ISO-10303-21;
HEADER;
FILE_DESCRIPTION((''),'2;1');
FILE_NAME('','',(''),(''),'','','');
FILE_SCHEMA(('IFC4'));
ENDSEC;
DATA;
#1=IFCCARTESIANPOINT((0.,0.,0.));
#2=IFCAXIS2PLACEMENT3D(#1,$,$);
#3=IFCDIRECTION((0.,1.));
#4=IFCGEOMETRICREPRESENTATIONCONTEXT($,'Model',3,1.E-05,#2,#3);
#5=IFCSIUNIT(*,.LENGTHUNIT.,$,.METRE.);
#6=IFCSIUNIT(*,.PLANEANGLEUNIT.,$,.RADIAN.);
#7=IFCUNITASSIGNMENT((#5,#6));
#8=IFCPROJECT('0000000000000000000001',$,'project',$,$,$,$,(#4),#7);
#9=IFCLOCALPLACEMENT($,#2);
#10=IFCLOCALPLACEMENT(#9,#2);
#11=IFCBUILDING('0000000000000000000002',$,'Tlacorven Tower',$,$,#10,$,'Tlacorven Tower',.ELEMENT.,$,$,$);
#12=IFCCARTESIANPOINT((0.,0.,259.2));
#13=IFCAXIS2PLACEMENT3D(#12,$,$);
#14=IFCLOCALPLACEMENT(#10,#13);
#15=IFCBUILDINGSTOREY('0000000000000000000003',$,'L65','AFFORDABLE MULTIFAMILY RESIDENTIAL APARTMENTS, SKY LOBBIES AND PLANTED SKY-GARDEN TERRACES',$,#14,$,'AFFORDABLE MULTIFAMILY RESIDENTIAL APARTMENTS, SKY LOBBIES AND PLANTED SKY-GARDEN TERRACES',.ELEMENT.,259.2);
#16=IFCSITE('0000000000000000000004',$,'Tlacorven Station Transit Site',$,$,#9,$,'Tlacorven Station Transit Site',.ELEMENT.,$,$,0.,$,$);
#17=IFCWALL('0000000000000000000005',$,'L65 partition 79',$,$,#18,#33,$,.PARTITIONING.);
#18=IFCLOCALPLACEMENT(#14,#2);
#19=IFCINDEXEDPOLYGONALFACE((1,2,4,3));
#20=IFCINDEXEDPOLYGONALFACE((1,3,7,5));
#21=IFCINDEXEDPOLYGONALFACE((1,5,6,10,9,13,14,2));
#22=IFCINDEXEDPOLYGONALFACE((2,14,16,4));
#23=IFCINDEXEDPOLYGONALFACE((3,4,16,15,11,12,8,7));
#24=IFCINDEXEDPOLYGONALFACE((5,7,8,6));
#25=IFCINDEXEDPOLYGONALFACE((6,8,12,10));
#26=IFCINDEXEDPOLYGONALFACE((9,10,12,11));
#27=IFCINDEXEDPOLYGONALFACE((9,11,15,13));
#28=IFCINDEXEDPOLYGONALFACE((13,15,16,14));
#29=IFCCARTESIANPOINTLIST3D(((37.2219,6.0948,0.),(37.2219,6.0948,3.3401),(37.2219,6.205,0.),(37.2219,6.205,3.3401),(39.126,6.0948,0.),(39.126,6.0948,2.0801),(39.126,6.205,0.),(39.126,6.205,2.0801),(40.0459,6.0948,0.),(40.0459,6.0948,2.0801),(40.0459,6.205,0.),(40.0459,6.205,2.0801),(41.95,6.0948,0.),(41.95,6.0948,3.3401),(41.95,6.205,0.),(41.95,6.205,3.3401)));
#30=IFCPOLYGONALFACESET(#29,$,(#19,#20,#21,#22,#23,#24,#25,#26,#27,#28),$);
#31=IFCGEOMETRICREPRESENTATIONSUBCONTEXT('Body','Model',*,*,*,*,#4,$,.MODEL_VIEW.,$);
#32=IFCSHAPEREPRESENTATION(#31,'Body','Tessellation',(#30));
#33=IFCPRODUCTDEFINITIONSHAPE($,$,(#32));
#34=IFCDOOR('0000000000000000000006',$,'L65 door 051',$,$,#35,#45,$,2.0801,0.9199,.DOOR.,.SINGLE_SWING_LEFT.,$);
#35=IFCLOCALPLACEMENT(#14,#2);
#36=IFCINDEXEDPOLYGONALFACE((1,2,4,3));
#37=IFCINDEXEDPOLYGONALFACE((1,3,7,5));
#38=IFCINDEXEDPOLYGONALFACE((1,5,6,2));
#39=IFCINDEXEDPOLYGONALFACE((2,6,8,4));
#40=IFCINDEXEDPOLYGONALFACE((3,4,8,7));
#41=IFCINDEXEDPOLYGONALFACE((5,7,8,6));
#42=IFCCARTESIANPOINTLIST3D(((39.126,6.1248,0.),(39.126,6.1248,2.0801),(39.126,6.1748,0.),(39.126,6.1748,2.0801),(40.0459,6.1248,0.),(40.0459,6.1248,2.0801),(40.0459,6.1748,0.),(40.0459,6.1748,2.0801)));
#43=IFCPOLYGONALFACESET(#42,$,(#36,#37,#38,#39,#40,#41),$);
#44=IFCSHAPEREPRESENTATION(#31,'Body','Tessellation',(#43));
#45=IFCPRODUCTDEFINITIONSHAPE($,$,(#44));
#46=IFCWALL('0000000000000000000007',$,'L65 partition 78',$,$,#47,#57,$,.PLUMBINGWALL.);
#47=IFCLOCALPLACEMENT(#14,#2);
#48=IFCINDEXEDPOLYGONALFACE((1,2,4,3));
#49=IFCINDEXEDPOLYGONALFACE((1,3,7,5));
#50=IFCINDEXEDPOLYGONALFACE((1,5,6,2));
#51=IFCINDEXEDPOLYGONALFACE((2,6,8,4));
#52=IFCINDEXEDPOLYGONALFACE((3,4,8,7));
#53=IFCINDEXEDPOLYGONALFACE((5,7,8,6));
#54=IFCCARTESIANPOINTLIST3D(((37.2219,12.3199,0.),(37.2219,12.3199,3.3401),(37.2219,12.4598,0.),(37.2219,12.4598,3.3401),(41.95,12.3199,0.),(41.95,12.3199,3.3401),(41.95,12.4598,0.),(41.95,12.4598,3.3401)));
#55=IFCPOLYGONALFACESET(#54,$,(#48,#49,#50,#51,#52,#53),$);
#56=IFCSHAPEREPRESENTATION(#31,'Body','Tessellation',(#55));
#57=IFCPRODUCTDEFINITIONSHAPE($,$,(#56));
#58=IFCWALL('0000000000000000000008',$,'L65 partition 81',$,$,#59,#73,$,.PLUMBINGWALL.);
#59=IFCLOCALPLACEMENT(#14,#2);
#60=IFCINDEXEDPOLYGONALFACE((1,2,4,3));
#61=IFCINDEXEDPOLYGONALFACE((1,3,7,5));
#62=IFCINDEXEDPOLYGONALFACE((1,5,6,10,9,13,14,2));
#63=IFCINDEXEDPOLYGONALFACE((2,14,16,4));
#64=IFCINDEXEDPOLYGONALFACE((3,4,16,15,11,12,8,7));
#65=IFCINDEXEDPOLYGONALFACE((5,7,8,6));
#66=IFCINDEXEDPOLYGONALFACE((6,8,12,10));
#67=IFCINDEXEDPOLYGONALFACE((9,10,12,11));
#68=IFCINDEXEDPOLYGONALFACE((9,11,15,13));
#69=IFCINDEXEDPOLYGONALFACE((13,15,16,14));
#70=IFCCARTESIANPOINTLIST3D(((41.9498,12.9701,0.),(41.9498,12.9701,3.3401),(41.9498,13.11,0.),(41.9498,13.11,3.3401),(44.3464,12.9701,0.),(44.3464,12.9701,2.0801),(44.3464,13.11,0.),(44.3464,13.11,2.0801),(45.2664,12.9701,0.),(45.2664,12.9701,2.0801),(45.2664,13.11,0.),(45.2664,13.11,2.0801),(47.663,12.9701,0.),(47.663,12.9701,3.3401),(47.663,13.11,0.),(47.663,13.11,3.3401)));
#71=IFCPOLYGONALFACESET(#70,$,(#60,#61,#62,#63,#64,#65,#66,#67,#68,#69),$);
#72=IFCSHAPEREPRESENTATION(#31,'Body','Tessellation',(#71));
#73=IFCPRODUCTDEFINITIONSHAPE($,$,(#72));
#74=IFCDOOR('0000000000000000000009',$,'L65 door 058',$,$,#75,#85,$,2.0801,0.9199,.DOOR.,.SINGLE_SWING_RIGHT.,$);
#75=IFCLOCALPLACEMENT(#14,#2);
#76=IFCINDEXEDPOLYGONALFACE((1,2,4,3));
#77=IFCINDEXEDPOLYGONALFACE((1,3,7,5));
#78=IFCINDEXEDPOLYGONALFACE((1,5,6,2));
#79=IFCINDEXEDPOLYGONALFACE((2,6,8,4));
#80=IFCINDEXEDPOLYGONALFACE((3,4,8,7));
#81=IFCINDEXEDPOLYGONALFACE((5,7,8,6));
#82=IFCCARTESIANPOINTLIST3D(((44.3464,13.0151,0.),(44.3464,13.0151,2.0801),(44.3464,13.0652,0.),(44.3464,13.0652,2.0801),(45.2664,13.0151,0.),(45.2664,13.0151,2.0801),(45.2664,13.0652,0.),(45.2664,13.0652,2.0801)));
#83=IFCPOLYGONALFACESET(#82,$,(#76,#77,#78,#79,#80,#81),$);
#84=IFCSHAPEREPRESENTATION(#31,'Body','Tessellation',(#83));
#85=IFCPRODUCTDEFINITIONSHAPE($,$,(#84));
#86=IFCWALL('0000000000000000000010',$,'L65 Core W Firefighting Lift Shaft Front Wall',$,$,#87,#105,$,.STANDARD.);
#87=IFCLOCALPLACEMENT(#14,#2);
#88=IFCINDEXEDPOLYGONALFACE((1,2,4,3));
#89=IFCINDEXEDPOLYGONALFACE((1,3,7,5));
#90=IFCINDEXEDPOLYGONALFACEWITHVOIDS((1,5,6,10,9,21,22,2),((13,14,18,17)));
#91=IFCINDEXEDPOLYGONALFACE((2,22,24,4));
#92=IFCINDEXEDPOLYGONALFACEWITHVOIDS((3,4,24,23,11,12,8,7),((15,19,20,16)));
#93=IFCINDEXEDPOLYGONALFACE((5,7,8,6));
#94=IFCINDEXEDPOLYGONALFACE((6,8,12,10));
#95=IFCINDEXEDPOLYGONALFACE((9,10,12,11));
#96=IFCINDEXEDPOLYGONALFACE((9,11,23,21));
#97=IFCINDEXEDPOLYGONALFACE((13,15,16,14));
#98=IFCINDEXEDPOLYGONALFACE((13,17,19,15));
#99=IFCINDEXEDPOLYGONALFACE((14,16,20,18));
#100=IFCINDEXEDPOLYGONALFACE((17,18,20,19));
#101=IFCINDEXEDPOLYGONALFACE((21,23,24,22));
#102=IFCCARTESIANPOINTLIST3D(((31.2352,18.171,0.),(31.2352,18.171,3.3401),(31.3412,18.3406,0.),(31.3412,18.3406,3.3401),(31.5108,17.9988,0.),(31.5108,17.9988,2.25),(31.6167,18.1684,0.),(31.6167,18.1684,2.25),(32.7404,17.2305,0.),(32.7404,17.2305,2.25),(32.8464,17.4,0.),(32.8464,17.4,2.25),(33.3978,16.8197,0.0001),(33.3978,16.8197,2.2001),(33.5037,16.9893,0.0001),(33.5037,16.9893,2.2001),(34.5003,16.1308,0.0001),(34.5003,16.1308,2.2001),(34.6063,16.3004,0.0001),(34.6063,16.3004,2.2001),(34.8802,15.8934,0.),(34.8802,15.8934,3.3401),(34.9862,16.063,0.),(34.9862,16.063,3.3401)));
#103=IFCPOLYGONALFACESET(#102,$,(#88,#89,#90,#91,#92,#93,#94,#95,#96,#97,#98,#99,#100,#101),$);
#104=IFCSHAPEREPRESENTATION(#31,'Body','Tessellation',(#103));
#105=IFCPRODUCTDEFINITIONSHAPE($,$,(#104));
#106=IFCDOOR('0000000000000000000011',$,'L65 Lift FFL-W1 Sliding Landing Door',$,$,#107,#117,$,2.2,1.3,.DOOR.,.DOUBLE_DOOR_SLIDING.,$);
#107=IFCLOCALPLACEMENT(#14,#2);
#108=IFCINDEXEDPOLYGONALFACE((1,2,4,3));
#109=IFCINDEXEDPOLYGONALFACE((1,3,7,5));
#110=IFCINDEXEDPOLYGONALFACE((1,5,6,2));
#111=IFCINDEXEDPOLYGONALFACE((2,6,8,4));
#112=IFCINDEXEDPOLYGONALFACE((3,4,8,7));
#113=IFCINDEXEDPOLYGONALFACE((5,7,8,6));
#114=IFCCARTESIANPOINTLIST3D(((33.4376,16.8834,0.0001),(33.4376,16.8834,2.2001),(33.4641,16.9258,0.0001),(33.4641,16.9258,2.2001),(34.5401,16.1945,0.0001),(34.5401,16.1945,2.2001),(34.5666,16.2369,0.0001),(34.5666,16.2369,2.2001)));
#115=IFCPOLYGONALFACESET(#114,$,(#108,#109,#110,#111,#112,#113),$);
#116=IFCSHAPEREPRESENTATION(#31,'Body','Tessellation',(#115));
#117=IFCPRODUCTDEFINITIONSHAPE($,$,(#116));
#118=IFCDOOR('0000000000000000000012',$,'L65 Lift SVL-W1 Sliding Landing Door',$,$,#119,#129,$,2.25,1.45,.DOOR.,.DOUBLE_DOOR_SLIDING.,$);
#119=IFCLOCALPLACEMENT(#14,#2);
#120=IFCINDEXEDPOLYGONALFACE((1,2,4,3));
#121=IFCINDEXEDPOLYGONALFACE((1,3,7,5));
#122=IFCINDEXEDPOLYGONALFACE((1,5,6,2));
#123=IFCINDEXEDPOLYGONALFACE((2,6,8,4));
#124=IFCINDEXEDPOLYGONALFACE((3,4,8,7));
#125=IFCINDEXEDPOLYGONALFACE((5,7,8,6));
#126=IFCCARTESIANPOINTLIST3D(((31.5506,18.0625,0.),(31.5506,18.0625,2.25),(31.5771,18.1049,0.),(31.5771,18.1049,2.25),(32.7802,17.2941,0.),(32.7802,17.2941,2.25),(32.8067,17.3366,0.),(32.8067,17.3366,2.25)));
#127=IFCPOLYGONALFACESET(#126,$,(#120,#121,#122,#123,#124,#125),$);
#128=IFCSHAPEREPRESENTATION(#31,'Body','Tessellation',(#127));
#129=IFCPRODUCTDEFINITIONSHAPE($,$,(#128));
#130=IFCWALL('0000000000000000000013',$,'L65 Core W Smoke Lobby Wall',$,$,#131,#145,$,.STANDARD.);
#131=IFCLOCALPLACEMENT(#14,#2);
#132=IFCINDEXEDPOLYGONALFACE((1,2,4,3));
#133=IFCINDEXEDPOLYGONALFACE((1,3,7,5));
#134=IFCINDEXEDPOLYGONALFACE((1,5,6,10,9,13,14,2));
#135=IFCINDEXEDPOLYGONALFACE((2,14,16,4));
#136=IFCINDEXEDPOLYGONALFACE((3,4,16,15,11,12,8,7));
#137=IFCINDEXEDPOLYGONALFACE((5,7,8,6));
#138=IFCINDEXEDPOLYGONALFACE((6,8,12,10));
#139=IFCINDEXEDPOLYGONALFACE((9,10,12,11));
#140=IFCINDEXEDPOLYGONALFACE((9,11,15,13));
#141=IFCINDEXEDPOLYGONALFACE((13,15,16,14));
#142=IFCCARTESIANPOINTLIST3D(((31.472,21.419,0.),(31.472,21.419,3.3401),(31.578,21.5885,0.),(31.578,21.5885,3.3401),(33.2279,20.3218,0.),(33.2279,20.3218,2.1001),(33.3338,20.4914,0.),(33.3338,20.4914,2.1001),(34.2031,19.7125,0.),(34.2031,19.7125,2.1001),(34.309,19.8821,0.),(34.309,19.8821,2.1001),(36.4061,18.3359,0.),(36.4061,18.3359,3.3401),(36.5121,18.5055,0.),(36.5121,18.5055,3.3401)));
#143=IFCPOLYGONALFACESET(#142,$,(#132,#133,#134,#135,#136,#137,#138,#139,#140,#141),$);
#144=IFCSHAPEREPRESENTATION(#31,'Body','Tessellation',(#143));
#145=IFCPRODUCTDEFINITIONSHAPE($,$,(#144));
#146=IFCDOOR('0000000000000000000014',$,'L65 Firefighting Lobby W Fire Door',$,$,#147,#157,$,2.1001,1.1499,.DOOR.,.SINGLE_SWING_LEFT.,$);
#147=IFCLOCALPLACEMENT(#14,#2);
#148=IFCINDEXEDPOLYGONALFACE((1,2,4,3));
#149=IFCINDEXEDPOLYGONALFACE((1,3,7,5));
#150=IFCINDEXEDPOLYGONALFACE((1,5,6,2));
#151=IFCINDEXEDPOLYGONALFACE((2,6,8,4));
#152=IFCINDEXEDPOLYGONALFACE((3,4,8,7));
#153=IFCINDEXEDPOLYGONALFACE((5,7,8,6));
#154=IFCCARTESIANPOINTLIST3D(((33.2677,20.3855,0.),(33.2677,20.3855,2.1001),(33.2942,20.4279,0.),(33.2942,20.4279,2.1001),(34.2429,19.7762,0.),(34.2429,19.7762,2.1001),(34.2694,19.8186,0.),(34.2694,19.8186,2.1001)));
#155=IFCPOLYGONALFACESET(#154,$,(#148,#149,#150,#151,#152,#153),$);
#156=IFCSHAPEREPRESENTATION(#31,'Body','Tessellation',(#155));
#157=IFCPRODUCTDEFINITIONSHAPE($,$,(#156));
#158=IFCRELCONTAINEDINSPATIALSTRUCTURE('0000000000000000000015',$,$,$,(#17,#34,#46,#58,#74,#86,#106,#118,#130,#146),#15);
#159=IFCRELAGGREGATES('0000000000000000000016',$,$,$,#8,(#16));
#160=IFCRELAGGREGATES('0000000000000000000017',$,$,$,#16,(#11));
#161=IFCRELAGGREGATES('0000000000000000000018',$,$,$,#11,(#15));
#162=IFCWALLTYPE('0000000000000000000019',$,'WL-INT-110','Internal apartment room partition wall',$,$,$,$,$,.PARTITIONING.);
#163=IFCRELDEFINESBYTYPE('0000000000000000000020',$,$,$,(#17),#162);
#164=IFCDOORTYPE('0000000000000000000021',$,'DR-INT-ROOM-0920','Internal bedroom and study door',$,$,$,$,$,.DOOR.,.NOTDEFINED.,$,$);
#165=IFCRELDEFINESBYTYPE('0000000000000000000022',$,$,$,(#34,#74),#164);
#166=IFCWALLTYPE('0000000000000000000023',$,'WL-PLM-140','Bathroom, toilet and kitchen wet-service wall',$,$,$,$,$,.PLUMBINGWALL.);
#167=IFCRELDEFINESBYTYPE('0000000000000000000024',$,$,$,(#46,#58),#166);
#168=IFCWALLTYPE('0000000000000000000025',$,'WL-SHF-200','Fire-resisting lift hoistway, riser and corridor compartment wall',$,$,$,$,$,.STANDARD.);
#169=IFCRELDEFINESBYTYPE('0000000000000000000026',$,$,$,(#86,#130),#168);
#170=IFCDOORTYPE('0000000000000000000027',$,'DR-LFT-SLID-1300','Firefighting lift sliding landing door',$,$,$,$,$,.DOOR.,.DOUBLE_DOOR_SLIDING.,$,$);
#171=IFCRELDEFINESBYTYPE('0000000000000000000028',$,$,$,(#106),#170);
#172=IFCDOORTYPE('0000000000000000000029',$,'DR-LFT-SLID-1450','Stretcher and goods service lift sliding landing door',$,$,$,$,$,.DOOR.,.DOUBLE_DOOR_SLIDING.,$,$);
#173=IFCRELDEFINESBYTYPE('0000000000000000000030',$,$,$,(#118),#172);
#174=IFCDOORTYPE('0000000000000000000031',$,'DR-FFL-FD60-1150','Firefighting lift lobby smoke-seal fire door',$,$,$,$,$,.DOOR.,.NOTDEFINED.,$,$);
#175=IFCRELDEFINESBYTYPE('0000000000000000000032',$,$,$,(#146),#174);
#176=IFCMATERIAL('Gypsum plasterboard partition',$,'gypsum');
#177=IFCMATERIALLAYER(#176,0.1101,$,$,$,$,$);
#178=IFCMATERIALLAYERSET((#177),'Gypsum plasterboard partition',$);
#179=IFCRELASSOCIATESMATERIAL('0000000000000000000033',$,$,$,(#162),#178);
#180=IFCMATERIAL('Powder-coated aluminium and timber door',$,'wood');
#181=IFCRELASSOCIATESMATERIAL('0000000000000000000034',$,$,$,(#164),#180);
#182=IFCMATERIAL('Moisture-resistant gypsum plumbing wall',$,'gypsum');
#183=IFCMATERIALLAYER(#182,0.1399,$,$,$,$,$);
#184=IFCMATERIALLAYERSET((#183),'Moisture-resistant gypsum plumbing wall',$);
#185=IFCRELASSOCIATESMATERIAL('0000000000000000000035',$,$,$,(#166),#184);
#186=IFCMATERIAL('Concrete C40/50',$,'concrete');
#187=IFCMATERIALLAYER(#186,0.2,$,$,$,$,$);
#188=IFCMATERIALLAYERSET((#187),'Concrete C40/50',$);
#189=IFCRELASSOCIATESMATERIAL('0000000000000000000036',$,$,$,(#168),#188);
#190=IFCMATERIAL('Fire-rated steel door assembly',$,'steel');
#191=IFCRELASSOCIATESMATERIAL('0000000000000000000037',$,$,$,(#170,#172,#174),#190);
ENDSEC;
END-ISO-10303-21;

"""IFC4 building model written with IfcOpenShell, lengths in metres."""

from ifc_helpers import new_model, si_unit, direction, frame, frame_2d, origin, place, context, subcontext, project, spatial, rectangle, extrude, source, transform, mapped, material, layer, layer_set, type_object, element, fill, save


model = new_model("IFC4")

# Units and contexts
model_context = context("Model", 3, precision=1e-05, world=origin(), true_north=direction((0.0, 1.0)))
body_context = subcontext(model_context, "Body", "Model", "MODEL_VIEW")
ifc_project = project(units=[si_unit("LENGTHUNIT", "METRE"), si_unit("PLANEANGLEUNIT", "RADIAN")], contexts=[model_context])

# Site, building, storey
site_placement = place(None, origin())
site = spatial("IfcSite", under=ifc_project, at=site_placement, Name="Tlacorven Station Transit Site", LongName="Tlacorven Station Transit Site", CompositionType="ELEMENT", RefElevation=0.0)
building_placement = place(site_placement, origin())
building = spatial("IfcBuilding", under=site, at=building_placement, Name="Tlacorven Tower", LongName="Tlacorven Tower", CompositionType="ELEMENT")
storey_placement = place(building_placement, frame((0.0, 0.0, 259.2)))
storey = spatial("IfcBuildingStorey", under=building, at=storey_placement, Name="L65", Description="AFFORDABLE MULTIFAMILY RESIDENTIAL APARTMENTS, SKY LOBBIES AND PLANTED SKY-GARDEN TERRACES", LongName="AFFORDABLE MULTIFAMILY RESIDENTIAL APARTMENTS, SKY LOBBIES AND PLANTED SKY-GARDEN TERRACES", CompositionType="ELEMENT", Elevation=259.2)

# Shared definitions
ifc_material_1 = material(Name="Fire-rated steel door assembly", Category="steel")

# Wall, opening, door
ifc_material_2 = material(Name="Gypsum plasterboard partition", Category="gypsum")
ifc_layer_1 = layer(ifc_material_2, 0.1101)
ifc_layer_set_1 = layer_set([ifc_layer_1], Name="Gypsum plasterboard partition")
wall_type_1 = type_object("IfcWallType", Name="WL-INT-110", Description="Internal apartment room partition wall", PredefinedType="PARTITIONING", material=ifc_layer_set_1)
wall_1_placement = place(storey_placement, frame((37.2219, 6.1499, 0.0), z_axis=(0.0, 0.0, 1.0), x_axis=(1.0, 0.0, 0.0)))
wall_1 = element("IfcWall", 1, at=wall_1_placement, inside=storey, type_object=wall_type_1, Name="L65 partition 79", PredefinedType="PARTITIONING", context=body_context, shape_type="SweptSolid", body=[
    extrude(rectangle(XDim=4.728, YDim=0.1101, at=frame_2d((2.364, 0.0))), origin(), (0.0, 0.0, 1.0), 3.3401),
])
opening_1_placement = place(wall_1_placement, frame((1.9041, 0.0, 0.0)))
opening_1 = element("IfcOpeningElement", 2, at=opening_1_placement, cuts=wall_1, PredefinedType="OPENING", context=body_context, shape_type="SweptSolid", body=[
    extrude(rectangle(XDim=0.9199, YDim=2.0801, at=frame_2d((0.46, 1.04))), frame((0.0, 0.0649, 0.0), z_axis=(0.0, -1.0, 0.0), x_axis=(1.0, 0.0, 0.0)), (0.0, 0.0, 1.0), 0.1301),
])
ifc_material_3 = material(Name="Powder-coated aluminium and timber door", Category="wood")
door_type_1 = type_object("IfcDoorType", Name="DR-INT-ROOM-0920", Description="Internal bedroom and study door", OperationType="NOTDEFINED", PredefinedType="DOOR", material=ifc_material_3)
shared_shape_1 = source(origin(), body_context, "Body", "SweptSolid", [
    extrude(rectangle(XDim=0.9199, YDim=2.0801, at=frame_2d((0.46, 1.04))), frame((0.0, 0.0249, 0.0), z_axis=(0.0, -1.0, 0.0), x_axis=(1.0, 0.0, 0.0)), (0.0, 0.0, 1.0), 0.05),
])
door_1_placement = place(opening_1_placement, origin())
door_1 = element("IfcDoor", 3, at=door_1_placement, inside=storey, type_object=door_type_1, Name="L65 door 051", OperationType="SINGLE_SWING_LEFT", OverallHeight=2.0801, OverallWidth=0.9199, PredefinedType="DOOR", context=body_context, shape_type="MappedRepresentation", body=[
    mapped(shared_shape_1, transform((0.0, 0.0, 0.0), scale=1.0)),
])
fill(opening_1, door_1)

# Wall
ifc_material_4 = material(Name="Moisture-resistant gypsum plumbing wall", Category="gypsum")
ifc_layer_2 = layer(ifc_material_4, 0.1399)
ifc_layer_set_2 = layer_set([ifc_layer_2], Name="Moisture-resistant gypsum plumbing wall")
wall_type_2 = type_object("IfcWallType", Name="WL-PLM-140", Description="Bathroom, toilet and kitchen wet-service wall", PredefinedType="PLUMBINGWALL", material=ifc_layer_set_2)
wall_2_placement = place(storey_placement, frame((37.2219, 12.3899, 0.0), z_axis=(0.0, 0.0, 1.0), x_axis=(1.0, 0.0, 0.0)))
element("IfcWall", 4, at=wall_2_placement, inside=storey, type_object=wall_type_2, Name="L65 partition 78", PredefinedType="PLUMBINGWALL", context=body_context, shape_type="SweptSolid", body=[
    extrude(rectangle(XDim=4.728, YDim=0.1399, at=frame_2d((2.364, 0.0))), origin(), (0.0, 0.0, 1.0), 3.3401),
])

# Wall, opening, door
wall_3_placement = place(storey_placement, frame((41.95, 13.04, 0.0), z_axis=(0.0, 0.0, 1.0), x_axis=(1.0, 0.0, 0.0)))
wall_3 = element("IfcWall", 5, at=wall_3_placement, inside=storey, type_object=wall_type_2, Name="L65 partition 81", PredefinedType="PLUMBINGWALL", context=body_context, shape_type="SweptSolid", body=[
    extrude(rectangle(XDim=5.7131, YDim=0.1399, at=frame_2d((2.8564, 0.0))), origin(), (0.0, 0.0, 1.0), 3.3401),
])
opening_2_placement = place(wall_3_placement, frame((2.3965, 0.0, 0.0)))
opening_2 = element("IfcOpeningElement", 6, at=opening_2_placement, cuts=wall_3, PredefinedType="OPENING", context=body_context, shape_type="SweptSolid", body=[
    extrude(rectangle(XDim=0.9199, YDim=2.0801, at=frame_2d((0.46, 1.04))), frame((0.0, 0.0801, 0.0), z_axis=(0.0, -1.0, 0.0), x_axis=(1.0, 0.0, 0.0)), (0.0, 0.0, 1.0), 0.1599),
])
door_2_placement = place(opening_2_placement, frame((0.9199, 0.0, 0.0), z_axis=(0.0, 0.0, 1.0), x_axis=(-1.0, 0.0, 0.0)))
door_2 = element("IfcDoor", 7, at=door_2_placement, inside=storey, type_object=door_type_1, Name="L65 door 058", OperationType="SINGLE_SWING_RIGHT", OverallHeight=2.0801, OverallWidth=0.9199, PredefinedType="DOOR", context=body_context, shape_type="MappedRepresentation", body=[
    mapped(shared_shape_1, transform((0.0, 0.0, 0.0), scale=1.0)),
])
fill(opening_2, door_2)

# Wall, openings, doors
ifc_material_5 = material(Name="Concrete C40/50", Category="concrete")
ifc_layer_3 = layer(ifc_material_5, 0.2)
ifc_layer_set_3 = layer_set([ifc_layer_3], Name="Concrete C40/50")
wall_type_3 = type_object("IfcWallType", Name="WL-SHF-200", Description="Fire-resisting lift hoistway, riser and corridor compartment wall", PredefinedType="STANDARD", material=ifc_layer_set_3)
wall_4_placement = place(storey_placement, frame((34.9331, 15.9783, 0.0), z_axis=(0.0, 0.0, 1.0), x_axis=(-0.848056, 0.529907, 0.0)))
wall_4 = element("IfcWall", 8, at=wall_4_placement, inside=storey, type_object=wall_type_3, Name="L65 Core W Firefighting Lift Shaft Front Wall", PredefinedType="STANDARD", context=body_context, shape_type="SweptSolid", body=[
    extrude(rectangle(XDim=4.2981, YDim=0.2, at=frame_2d((2.1489, 0.0))), origin(), (0.0, 0.0, 1.0), 3.3401),
])
opening_3_placement = place(wall_4_placement, frame((0.448, 0.0, 0.0)))
opening_3 = element("IfcOpeningElement", 9, at=opening_3_placement, cuts=wall_4, PredefinedType="OPENING", context=body_context, shape_type="SweptSolid", body=[
    extrude(rectangle(XDim=1.3, YDim=2.2, at=frame_2d((0.6499, 1.1001))), frame((0.0, 0.1099, 0.0), z_axis=(0.0, -1.0, 0.0), x_axis=(1.0, 0.0, 0.0)), (0.0, 0.0, 1.0), 0.22),
])
opening_4_placement = place(wall_4_placement, frame((2.5229, 0.0, 0.0)))
opening_4 = element("IfcOpeningElement", 10, at=opening_4_placement, cuts=wall_4, PredefinedType="OPENING", context=body_context, shape_type="SweptSolid", body=[
    extrude(rectangle(XDim=1.45, YDim=2.25, at=frame_2d((0.7251, 1.125))), frame((0.0, 0.1099, 0.0), z_axis=(0.0, -1.0, 0.0), x_axis=(1.0, 0.0, 0.0)), (0.0, 0.0, 1.0), 0.22),
])
door_type_2 = type_object("IfcDoorType", Name="DR-LFT-SLID-1300", Description="Firefighting lift sliding landing door", OperationType="DOUBLE_DOOR_SLIDING", PredefinedType="DOOR", material=ifc_material_1)
shared_shape_2 = source(origin(), body_context, "Body", "SweptSolid", [
    extrude(rectangle(XDim=1.3, YDim=2.2, at=frame_2d((0.6499, 1.1001))), frame((0.0, 0.0249, 0.0), z_axis=(0.0, -1.0, 0.0), x_axis=(1.0, 0.0, 0.0)), (0.0, 0.0, 1.0), 0.05),
])
door_3_placement = place(opening_3_placement, origin())
door_3 = element("IfcDoor", 11, at=door_3_placement, inside=storey, type_object=door_type_2, Name="L65 Lift FFL-W1 Sliding Landing Door", OperationType="DOUBLE_DOOR_SLIDING", OverallHeight=2.2, OverallWidth=1.3, PredefinedType="DOOR", context=body_context, shape_type="MappedRepresentation", body=[
    mapped(shared_shape_2, transform((0.0, 0.0, 0.0), scale=1.0)),
])
fill(opening_3, door_3)
door_type_3 = type_object("IfcDoorType", Name="DR-LFT-SLID-1450", Description="Stretcher and goods service lift sliding landing door", OperationType="DOUBLE_DOOR_SLIDING", PredefinedType="DOOR", material=ifc_material_1)
shared_shape_3 = source(origin(), body_context, "Body", "SweptSolid", [
    extrude(rectangle(XDim=1.45, YDim=2.25, at=frame_2d((0.7251, 1.125))), frame((0.0, 0.0249, 0.0), z_axis=(0.0, -1.0, 0.0), x_axis=(1.0, 0.0, 0.0)), (0.0, 0.0, 1.0), 0.05),
])
door_4_placement = place(opening_4_placement, origin())
door_4 = element("IfcDoor", 12, at=door_4_placement, inside=storey, type_object=door_type_3, Name="L65 Lift SVL-W1 Sliding Landing Door", OperationType="DOUBLE_DOOR_SLIDING", OverallHeight=2.25, OverallWidth=1.45, PredefinedType="DOOR", context=body_context, shape_type="MappedRepresentation", body=[
    mapped(shared_shape_3, transform((0.0, 0.0, 0.0), scale=1.0)),
])
fill(opening_4, door_4)

# Wall, opening, door
wall_5_placement = place(storey_placement, frame((36.4592, 18.4207, 0.0), z_axis=(0.0, 0.0, 1.0), x_axis=(-0.84806, 0.529901, 0.0)))
wall_5 = element("IfcWall", 13, at=wall_5_placement, inside=storey, type_object=wall_type_3, Name="L65 Core W Smoke Lobby Wall", PredefinedType="STANDARD", context=body_context, shape_type="SweptSolid", body=[
    extrude(rectangle(XDim=5.8181, YDim=0.2, at=frame_2d((2.9092, 0.0))), origin(), (0.0, 0.0, 1.0), 3.3401),
])
opening_5_placement = place(wall_5_placement, frame((2.5979, 0.0, 0.0)))
opening_5 = element("IfcOpeningElement", 14, at=opening_5_placement, cuts=wall_5, PredefinedType="OPENING", context=body_context, shape_type="SweptSolid", body=[
    extrude(rectangle(XDim=1.1499, YDim=2.1001, at=frame_2d((0.575, 1.05))), frame((0.0, 0.1099, 0.0), z_axis=(0.0, -1.0, 0.0), x_axis=(1.0, 0.0, 0.0)), (0.0, 0.0, 1.0), 0.22),
])
door_type_4 = type_object("IfcDoorType", Name="DR-FFL-FD60-1150", Description="Firefighting lift lobby smoke-seal fire door", OperationType="NOTDEFINED", PredefinedType="DOOR", material=ifc_material_1)
shared_shape_4 = source(origin(), body_context, "Body", "SweptSolid", [
    extrude(rectangle(XDim=1.1499, YDim=2.1001, at=frame_2d((0.575, 1.05))), frame((0.0, 0.0249, 0.0), z_axis=(0.0, -1.0, 0.0), x_axis=(1.0, 0.0, 0.0)), (0.0, 0.0, 1.0), 0.05),
])
door_5_placement = place(opening_5_placement, origin())
door_5 = element("IfcDoor", 15, at=door_5_placement, inside=storey, type_object=door_type_4, Name="L65 Firefighting Lobby W Fire Door", OperationType="SINGLE_SWING_LEFT", OverallHeight=2.1001, OverallWidth=1.1499, PredefinedType="DOOR", context=body_context, shape_type="MappedRepresentation", body=[
    mapped(shared_shape_4, transform((0.0, 0.0, 0.0), scale=1.0)),
])
fill(opening_5, door_5)

save(model, "model.ifc")
